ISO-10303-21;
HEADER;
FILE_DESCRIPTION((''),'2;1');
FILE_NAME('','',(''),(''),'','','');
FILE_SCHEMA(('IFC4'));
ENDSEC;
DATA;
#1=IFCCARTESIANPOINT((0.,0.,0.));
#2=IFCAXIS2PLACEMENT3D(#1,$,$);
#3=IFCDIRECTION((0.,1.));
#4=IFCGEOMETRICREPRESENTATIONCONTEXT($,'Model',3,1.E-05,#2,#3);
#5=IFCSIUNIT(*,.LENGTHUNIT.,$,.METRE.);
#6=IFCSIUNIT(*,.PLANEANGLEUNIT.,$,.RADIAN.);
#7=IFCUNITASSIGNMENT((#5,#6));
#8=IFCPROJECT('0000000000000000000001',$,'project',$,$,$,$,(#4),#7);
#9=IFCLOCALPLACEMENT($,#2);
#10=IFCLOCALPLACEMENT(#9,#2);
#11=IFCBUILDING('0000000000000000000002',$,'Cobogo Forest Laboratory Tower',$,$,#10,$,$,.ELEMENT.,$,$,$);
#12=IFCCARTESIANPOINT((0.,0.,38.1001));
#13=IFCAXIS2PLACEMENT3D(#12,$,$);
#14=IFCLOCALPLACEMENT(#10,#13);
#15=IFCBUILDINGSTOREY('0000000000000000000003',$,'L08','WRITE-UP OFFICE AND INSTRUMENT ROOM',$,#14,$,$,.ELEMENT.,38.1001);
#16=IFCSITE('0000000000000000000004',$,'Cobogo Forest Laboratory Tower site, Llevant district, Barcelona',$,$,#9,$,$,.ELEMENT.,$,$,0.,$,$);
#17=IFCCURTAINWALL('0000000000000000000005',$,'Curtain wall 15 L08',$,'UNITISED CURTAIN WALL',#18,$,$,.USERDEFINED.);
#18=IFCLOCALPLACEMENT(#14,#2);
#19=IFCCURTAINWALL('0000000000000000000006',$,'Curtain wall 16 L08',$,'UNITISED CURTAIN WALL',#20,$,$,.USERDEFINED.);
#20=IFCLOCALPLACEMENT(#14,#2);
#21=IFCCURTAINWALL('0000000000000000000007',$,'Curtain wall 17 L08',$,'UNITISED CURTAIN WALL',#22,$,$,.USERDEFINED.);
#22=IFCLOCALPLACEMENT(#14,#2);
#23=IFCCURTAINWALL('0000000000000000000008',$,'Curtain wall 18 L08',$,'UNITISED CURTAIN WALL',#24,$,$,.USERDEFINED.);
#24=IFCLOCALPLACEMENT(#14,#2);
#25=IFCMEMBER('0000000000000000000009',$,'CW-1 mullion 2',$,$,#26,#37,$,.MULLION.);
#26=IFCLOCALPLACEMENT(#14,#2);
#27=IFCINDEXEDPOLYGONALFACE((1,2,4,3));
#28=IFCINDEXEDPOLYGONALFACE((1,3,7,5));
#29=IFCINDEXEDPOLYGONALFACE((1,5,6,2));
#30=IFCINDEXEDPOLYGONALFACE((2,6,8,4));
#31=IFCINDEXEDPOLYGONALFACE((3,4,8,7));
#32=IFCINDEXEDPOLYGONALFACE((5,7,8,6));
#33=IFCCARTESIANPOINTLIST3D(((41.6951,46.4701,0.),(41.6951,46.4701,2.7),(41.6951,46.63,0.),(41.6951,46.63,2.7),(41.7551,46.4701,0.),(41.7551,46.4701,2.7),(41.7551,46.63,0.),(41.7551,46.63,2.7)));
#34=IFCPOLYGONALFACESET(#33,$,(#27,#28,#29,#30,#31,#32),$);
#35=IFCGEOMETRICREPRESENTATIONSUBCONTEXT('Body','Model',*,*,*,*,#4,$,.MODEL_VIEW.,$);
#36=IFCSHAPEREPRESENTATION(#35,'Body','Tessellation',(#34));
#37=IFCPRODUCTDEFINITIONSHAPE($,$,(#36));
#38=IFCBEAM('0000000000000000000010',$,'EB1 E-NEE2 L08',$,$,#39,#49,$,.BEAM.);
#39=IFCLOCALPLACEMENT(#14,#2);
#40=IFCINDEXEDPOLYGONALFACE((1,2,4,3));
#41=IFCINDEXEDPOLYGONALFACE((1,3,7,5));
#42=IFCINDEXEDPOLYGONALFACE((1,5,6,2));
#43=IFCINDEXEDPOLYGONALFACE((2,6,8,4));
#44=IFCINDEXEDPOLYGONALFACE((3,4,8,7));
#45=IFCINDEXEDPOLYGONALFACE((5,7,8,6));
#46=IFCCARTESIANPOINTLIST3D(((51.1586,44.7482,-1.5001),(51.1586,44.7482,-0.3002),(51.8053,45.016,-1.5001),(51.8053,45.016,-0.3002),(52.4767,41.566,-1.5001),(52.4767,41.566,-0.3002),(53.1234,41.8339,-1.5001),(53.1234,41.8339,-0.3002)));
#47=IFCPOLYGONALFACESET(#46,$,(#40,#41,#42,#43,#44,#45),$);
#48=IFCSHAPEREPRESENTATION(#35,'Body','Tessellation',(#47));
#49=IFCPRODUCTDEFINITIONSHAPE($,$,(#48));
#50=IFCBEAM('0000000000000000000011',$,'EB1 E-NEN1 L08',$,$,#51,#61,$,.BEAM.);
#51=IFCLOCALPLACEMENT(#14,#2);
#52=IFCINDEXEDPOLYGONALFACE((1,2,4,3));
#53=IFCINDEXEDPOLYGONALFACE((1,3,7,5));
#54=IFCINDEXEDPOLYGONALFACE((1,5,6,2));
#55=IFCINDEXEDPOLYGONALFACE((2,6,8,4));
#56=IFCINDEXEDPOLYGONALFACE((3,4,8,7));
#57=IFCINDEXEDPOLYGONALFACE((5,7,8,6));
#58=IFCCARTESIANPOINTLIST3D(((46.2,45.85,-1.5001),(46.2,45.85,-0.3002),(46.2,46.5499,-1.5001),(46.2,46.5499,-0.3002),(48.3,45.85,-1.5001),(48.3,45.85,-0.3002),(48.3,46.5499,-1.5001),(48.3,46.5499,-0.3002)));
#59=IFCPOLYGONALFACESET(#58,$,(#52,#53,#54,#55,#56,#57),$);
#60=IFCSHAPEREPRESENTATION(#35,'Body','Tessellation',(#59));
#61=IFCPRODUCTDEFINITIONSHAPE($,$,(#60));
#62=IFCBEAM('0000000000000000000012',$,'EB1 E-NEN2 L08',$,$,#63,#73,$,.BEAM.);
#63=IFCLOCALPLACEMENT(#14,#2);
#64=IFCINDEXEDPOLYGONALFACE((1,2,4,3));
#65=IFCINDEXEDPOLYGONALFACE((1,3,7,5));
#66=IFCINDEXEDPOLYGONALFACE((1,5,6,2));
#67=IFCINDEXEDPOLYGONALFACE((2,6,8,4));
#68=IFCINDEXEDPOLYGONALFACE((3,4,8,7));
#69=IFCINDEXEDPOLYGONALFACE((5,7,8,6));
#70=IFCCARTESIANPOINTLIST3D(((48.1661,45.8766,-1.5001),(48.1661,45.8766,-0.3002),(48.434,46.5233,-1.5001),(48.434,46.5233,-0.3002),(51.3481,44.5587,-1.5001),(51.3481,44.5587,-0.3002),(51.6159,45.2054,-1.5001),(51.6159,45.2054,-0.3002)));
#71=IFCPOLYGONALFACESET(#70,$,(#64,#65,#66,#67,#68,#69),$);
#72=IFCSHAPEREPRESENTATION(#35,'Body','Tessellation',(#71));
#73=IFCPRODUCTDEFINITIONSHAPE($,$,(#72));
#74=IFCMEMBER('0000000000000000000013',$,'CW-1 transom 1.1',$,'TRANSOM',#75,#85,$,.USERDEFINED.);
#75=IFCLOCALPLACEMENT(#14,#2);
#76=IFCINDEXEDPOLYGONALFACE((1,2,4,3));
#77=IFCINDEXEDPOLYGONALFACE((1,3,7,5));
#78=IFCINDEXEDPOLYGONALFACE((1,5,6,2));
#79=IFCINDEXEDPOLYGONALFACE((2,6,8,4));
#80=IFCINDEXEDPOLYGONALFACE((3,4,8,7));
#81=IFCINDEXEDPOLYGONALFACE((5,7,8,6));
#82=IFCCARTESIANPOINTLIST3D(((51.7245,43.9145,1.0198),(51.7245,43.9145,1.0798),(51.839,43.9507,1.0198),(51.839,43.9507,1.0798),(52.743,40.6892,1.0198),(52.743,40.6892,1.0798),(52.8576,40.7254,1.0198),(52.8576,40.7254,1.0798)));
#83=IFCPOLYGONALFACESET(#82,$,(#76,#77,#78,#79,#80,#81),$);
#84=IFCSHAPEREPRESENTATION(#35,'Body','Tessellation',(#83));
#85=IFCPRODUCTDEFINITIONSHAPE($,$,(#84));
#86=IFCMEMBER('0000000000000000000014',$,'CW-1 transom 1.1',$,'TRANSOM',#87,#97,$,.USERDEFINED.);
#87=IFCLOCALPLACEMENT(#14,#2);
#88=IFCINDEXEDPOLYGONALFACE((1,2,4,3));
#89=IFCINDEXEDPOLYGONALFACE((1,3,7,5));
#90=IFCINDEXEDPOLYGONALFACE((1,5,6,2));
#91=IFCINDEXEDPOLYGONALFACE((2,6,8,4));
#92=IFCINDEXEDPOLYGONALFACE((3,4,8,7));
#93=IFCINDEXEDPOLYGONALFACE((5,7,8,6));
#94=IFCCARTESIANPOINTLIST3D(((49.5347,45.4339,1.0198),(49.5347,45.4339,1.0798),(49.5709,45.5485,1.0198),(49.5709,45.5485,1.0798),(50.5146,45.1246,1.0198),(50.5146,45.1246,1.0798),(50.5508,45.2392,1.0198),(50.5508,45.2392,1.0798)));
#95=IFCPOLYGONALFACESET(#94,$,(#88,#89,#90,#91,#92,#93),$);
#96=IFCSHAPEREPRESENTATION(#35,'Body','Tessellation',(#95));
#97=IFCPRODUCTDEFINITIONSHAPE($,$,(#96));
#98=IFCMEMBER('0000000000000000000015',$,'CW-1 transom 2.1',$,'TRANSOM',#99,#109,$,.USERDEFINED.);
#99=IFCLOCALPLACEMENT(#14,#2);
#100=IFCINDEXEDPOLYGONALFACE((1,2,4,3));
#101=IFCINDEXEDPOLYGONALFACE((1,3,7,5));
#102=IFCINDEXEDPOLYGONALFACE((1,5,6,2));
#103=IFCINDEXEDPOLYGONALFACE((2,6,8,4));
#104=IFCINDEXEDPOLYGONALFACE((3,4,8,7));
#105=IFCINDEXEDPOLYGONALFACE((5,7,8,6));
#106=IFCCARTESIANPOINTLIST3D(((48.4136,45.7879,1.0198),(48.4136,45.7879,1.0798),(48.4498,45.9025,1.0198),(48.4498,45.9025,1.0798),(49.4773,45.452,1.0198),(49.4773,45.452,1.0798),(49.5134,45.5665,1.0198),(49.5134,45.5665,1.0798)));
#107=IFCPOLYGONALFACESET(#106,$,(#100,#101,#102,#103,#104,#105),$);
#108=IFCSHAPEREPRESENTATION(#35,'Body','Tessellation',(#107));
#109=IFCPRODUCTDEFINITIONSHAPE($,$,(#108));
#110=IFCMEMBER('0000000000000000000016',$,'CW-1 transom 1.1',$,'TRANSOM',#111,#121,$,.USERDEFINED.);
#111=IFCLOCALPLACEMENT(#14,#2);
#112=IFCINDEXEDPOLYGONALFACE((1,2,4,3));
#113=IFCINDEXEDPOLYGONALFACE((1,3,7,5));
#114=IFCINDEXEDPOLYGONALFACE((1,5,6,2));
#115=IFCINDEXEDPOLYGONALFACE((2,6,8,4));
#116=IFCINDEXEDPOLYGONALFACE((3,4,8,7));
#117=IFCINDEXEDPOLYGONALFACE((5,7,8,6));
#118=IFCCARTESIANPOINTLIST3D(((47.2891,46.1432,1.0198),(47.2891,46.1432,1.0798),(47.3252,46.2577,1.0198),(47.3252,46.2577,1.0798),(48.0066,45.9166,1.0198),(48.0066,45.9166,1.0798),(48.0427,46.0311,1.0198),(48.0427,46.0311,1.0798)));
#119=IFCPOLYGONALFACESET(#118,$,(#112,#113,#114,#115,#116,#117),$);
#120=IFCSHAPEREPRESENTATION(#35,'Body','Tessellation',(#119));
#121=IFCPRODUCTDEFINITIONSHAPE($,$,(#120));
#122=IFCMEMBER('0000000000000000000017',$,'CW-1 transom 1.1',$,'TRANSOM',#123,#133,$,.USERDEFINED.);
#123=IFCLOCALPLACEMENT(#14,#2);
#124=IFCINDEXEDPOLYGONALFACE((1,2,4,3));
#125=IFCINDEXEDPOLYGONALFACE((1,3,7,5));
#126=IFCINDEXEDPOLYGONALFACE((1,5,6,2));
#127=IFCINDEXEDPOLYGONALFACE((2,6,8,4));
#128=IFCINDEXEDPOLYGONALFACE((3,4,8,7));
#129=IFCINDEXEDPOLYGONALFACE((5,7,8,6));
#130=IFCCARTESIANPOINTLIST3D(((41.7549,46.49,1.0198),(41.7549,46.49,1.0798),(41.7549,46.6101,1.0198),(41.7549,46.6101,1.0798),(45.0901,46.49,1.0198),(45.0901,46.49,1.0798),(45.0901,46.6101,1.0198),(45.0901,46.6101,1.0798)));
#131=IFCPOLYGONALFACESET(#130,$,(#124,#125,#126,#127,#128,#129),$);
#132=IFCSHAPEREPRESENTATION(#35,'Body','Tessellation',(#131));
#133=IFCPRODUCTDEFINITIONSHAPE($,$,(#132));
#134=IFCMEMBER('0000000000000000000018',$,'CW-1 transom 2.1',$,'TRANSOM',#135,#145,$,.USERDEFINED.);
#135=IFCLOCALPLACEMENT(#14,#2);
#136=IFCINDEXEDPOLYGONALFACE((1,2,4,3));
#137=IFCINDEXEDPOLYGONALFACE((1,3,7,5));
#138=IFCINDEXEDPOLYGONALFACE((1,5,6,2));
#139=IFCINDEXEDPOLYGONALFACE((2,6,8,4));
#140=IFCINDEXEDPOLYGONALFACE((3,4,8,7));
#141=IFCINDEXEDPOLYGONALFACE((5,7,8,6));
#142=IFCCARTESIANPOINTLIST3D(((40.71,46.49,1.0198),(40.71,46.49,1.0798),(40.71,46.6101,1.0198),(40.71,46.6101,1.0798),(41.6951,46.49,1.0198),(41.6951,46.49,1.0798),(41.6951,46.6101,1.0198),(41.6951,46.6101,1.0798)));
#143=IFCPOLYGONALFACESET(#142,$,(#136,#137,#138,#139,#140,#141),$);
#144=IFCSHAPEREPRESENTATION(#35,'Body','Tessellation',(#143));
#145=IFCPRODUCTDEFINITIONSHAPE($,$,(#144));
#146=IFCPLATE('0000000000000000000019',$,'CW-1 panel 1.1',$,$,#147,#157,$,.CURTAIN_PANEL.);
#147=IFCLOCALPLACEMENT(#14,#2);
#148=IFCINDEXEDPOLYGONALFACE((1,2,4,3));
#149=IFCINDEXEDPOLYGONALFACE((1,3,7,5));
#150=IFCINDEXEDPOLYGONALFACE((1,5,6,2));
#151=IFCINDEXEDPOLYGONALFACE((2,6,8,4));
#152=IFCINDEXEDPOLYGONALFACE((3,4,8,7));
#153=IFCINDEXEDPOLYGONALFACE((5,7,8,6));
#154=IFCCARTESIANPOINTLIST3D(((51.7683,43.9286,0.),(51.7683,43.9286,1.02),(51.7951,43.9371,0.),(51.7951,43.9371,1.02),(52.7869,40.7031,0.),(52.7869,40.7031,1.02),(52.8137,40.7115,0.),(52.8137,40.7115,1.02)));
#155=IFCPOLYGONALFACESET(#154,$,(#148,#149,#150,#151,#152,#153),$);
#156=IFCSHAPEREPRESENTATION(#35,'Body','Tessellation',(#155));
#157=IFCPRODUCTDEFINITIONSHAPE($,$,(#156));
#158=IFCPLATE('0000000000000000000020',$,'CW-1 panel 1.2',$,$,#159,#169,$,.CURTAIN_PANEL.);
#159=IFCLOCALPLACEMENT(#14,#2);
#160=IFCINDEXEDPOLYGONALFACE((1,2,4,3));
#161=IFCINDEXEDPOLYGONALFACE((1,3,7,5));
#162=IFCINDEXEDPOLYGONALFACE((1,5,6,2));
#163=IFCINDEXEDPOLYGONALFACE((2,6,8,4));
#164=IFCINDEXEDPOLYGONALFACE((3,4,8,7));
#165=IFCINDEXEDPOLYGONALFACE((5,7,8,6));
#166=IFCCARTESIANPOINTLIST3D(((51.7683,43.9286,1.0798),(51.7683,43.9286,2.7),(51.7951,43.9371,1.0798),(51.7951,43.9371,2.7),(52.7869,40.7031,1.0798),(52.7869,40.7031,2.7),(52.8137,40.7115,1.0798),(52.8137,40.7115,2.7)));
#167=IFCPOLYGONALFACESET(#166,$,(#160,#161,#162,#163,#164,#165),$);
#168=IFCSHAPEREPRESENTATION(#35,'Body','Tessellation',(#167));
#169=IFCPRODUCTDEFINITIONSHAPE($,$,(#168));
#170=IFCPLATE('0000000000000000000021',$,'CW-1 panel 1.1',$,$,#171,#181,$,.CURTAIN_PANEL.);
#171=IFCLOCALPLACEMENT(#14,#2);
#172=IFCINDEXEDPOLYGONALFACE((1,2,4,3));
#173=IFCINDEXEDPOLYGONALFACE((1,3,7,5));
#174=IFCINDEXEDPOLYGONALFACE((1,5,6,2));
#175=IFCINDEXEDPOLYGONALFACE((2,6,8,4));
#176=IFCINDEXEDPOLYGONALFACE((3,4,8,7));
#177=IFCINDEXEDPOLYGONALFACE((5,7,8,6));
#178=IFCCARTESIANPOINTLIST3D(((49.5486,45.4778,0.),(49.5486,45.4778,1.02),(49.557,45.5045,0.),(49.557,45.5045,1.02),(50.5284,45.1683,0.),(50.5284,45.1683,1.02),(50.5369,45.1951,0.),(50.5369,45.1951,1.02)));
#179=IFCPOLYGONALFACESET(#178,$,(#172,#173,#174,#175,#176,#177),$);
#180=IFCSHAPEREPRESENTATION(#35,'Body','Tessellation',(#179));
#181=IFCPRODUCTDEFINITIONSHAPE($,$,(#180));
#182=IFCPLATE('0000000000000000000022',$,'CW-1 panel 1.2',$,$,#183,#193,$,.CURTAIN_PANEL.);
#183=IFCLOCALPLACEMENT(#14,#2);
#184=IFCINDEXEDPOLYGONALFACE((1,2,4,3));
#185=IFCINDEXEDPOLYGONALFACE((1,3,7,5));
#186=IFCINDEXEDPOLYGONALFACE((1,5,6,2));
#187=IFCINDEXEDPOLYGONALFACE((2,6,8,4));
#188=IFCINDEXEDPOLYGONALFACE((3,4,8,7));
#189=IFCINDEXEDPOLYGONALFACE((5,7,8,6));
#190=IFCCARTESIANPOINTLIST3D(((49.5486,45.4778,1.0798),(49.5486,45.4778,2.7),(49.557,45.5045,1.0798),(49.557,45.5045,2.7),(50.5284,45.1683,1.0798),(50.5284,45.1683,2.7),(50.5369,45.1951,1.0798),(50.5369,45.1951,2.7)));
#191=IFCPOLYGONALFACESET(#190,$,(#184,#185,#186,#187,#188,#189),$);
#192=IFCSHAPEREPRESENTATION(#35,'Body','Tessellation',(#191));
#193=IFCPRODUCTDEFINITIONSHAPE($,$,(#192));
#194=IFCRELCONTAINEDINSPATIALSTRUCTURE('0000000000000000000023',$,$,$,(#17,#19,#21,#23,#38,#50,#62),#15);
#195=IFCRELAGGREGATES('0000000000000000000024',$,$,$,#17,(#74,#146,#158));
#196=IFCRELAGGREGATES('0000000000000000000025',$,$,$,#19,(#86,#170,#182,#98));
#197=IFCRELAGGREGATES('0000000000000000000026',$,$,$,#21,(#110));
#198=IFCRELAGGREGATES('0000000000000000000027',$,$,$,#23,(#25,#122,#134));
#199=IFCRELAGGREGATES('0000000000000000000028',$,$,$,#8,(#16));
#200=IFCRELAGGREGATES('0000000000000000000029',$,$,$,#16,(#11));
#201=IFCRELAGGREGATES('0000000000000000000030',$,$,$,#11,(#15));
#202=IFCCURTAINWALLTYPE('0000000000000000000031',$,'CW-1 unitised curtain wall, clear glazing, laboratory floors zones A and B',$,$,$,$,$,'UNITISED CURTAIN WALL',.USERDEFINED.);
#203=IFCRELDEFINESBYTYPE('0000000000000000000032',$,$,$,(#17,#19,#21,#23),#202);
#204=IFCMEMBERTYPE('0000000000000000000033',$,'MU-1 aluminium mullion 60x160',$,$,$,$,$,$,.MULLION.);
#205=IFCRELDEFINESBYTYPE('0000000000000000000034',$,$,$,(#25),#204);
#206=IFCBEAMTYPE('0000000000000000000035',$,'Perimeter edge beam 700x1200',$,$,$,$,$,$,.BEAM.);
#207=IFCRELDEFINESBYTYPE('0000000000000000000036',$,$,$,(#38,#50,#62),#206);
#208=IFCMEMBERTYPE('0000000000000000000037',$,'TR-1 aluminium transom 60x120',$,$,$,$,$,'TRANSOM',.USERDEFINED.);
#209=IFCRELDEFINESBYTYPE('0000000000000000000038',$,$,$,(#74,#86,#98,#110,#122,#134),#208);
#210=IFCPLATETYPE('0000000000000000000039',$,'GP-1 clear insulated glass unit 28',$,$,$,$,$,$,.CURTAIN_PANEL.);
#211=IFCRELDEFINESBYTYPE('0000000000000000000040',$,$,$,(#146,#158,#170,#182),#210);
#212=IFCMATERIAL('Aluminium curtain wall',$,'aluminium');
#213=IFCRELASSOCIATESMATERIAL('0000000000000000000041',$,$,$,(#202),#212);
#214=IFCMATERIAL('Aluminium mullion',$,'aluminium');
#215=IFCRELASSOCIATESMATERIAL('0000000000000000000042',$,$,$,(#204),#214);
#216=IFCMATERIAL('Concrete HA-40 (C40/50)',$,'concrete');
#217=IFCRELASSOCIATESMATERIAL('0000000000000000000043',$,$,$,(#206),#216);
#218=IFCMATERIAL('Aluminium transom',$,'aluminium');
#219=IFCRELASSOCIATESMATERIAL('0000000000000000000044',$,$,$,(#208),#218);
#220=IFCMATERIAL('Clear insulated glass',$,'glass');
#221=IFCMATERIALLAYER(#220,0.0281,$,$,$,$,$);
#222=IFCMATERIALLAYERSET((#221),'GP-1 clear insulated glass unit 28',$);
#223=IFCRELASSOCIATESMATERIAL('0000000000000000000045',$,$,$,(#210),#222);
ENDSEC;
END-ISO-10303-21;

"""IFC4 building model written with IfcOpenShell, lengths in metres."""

from ifc_helpers import new_model, si_unit, direction, frame, origin, origin_2d, place, context, subcontext, project, spatial, rectangle, extrude, material, layer, layer_set, material_profile, profile_set, type_object, element, aggregate, save


model = new_model("IFC4")

# Units and contexts
model_context = context("Model", 3, precision=1e-05, world=origin(), true_north=direction((0.0, 1.0)))
body_context = subcontext(model_context, "Body", "Model", "MODEL_VIEW")
ifc_project = project(units=[si_unit("LENGTHUNIT", "METRE"), si_unit("PLANEANGLEUNIT", "RADIAN")], contexts=[model_context])

# Site, building, storey
site_placement = place(None, origin())
site = spatial("IfcSite", under=ifc_project, at=site_placement, Name="Cobogo Forest Laboratory Tower site, Llevant district, Barcelona", CompositionType="ELEMENT", RefElevation=0.0)
building_placement = place(site_placement, origin())
building = spatial("IfcBuilding", under=site, at=building_placement, Name="Cobogo Forest Laboratory Tower", CompositionType="ELEMENT")
storey_placement = place(building_placement, frame((0.0, 0.0, 38.1001)))
storey = spatial("IfcBuildingStorey", under=building, at=storey_placement, Name="L08", Description="WRITE-UP OFFICE AND INSTRUMENT ROOM", CompositionType="ELEMENT", Elevation=38.1001)

# Shared definitions
ifc_material_1 = material(Name="Concrete HA-40 (C40/50)", Category="concrete")

# Curtain wall
ifc_material_2 = material(Name="Aluminium curtain wall", Category="aluminium")
curtain_wall_type = type_object("IfcCurtainWallType", Name="CW-1 unitised curtain wall, clear glazing, laboratory floors zones A and B", ElementType="UNITISED CURTAIN WALL", PredefinedType="USERDEFINED", material=ifc_material_2)
curtain_wall_1_placement = place(storey_placement, origin())
curtain_wall_1 = element("IfcCurtainWall", 1, at=curtain_wall_1_placement, inside=storey, type_object=curtain_wall_type, Name="Curtain wall 15 L08", ObjectType="UNITISED CURTAIN WALL", PredefinedType="USERDEFINED")
ifc_material_3 = material(Name="Aluminium mullion", Category="aluminium")
ifc_material_profile_1 = material_profile(ifc_material_3, rectangle(XDim=0.0601, YDim=0.1599, at=origin_2d()), Name="AL 60x160")
ifc_profile_set_1 = profile_set([ifc_material_profile_1], Name="Aluminium mullion")
member_type_1 = type_object("IfcMemberType", Name="MU-1 aluminium mullion 60x160", PredefinedType="MULLION", material=ifc_profile_set_1)

# Curtain walls, member
curtain_wall_2_placement = place(storey_placement, origin())
curtain_wall_2 = element("IfcCurtainWall", 2, at=curtain_wall_2_placement, inside=storey, type_object=curtain_wall_type, Name="Curtain wall 16 L08", ObjectType="UNITISED CURTAIN WALL", PredefinedType="USERDEFINED")
curtain_wall_3_placement = place(storey_placement, origin())
curtain_wall_3 = element("IfcCurtainWall", 3, at=curtain_wall_3_placement, inside=storey, type_object=curtain_wall_type, Name="Curtain wall 17 L08", ObjectType="UNITISED CURTAIN WALL", PredefinedType="USERDEFINED")
curtain_wall_4_placement = place(storey_placement, origin())
curtain_wall_4 = element("IfcCurtainWall", 4, at=curtain_wall_4_placement, inside=storey, type_object=curtain_wall_type, Name="Curtain wall 18 L08", ObjectType="UNITISED CURTAIN WALL", PredefinedType="USERDEFINED")
member_1_placement = place(storey_placement, frame((41.7251, 46.55, 0.0), z_axis=(0.0, 0.0, 1.0), x_axis=(-1.0, 0.0, 0.0)))
member_1 = element("IfcMember", 5, at=member_1_placement, type_object=member_type_1, Name="CW-1 mullion 2", PredefinedType="MULLION", context=body_context, shape_type="SweptSolid", body=[
    extrude(rectangle(XDim=0.0601, YDim=0.1599, at=origin_2d()), origin(), (0.0, 0.0, 1.0), 2.7),
])

# Beams
ifc_material_profile_2 = material_profile(ifc_material_1, rectangle(XDim=0.7, YDim=1.2, at=origin_2d()), Name="RC 700x1200")
ifc_profile_set_2 = profile_set([ifc_material_profile_2], Name="Concrete HA-40 (C40/50)")
beam_type_1 = type_object("IfcBeamType", Name="Perimeter edge beam 700x1200", PredefinedType="BEAM", material=ifc_profile_set_2)
beam_1_placement = place(storey_placement, frame((52.8, 41.7, -0.9001), z_axis=(-0.382692, 0.923876, 0.0), x_axis=(-0.923876, -0.382692, 0.0)))
element("IfcBeam", 6, at=beam_1_placement, inside=storey, type_object=beam_type_1, Name="EB1 E-NEE2 L08", PredefinedType="BEAM", context=body_context, shape_type="SweptSolid", body=[
    extrude(rectangle(XDim=0.7, YDim=1.2, at=origin_2d()), origin(), (0.0, 0.0, 1.0), 3.4443),
])
beam_2_placement = place(storey_placement, frame((46.2, 46.2, -0.9001), z_axis=(1.0, 0.0, 0.0), x_axis=(0.0, 1.0, 0.0)))
element("IfcBeam", 7, at=beam_2_placement, inside=storey, type_object=beam_type_1, Name="EB1 E-NEN1 L08", PredefinedType="BEAM", context=body_context, shape_type="SweptSolid", body=[
    extrude(rectangle(XDim=0.7, YDim=1.2, at=origin_2d()), origin(), (0.0, 0.0, 1.0), 2.1001),
])
beam_3_placement = place(storey_placement, frame((48.3, 46.2, -0.9001), z_axis=(0.923891, -0.382656, 0.0), x_axis=(0.382656, 0.923891, 0.0)))
element("IfcBeam", 8, at=beam_3_placement, inside=storey, type_object=beam_type_1, Name="EB1 E-NEN2 L08", PredefinedType="BEAM", context=body_context, shape_type="SweptSolid", body=[
    extrude(rectangle(XDim=0.7, YDim=1.2, at=origin_2d()), origin(), (0.0, 0.0, 1.0), 3.4441),
])

# Members
ifc_material_4 = material(Name="Aluminium transom", Category="aluminium")
ifc_material_profile_3 = material_profile(ifc_material_4, rectangle(XDim=0.1201, YDim=0.0601, at=origin_2d()), Name="AL 60x120")
ifc_profile_set_3 = profile_set([ifc_material_profile_3], Name="Aluminium transom")
member_type_2 = type_object("IfcMemberType", Name="TR-1 aluminium transom 60x120", ElementType="TRANSOM", PredefinedType="USERDEFINED", material=ifc_profile_set_3)
member_2_placement = place(storey_placement, frame((52.8003, 40.7073, 1.0498), z_axis=(-0.301138, 0.95358, 0.0), x_axis=(-0.95358, -0.301138, 0.0)))
member_2 = element("IfcMember", 9, at=member_2_placement, type_object=member_type_2, Name="CW-1 transom 1.1", ObjectType="TRANSOM", PredefinedType="USERDEFINED", context=body_context, shape_type="SweptSolid", body=[
    extrude(rectangle(XDim=0.1201, YDim=0.0601, at=origin_2d()), origin(), (0.0, 0.0, 1.0), 3.3823),
])
member_3_placement = place(storey_placement, frame((50.5327, 45.1819, 1.0498), z_axis=(-0.953622, 0.301006, 0.0), x_axis=(-0.301006, -0.953622, 0.0)))
member_3 = element("IfcMember", 10, at=member_3_placement, type_object=member_type_2, Name="CW-1 transom 1.1", ObjectType="TRANSOM", PredefinedType="USERDEFINED", context=body_context, shape_type="SweptSolid", body=[
    extrude(rectangle(XDim=0.1201, YDim=0.0601, at=origin_2d()), origin(), (0.0, 0.0, 1.0), 1.0276),
])
member_4_placement = place(storey_placement, frame((49.4954, 45.5093, 1.0498), z_axis=(-0.953576, 0.301152, 0.0), x_axis=(-0.301152, -0.953576, 0.0)))
member_4 = element("IfcMember", 11, at=member_4_placement, type_object=member_type_2, Name="CW-1 transom 2.1", ObjectType="TRANSOM", PredefinedType="USERDEFINED", context=body_context, shape_type="SweptSolid", body=[
    extrude(rectangle(XDim=0.1201, YDim=0.0601, at=origin_2d()), origin(), (0.0, 0.0, 1.0), 1.1155),
])
member_5_placement = place(storey_placement, frame((48.0247, 45.9739, 1.0498), z_axis=(-0.953592, 0.3011, 0.0), x_axis=(-0.3011, -0.953592, 0.0)))
member_5 = element("IfcMember", 12, at=member_5_placement, type_object=member_type_2, Name="CW-1 transom 1.1", ObjectType="TRANSOM", PredefinedType="USERDEFINED", context=body_context, shape_type="SweptSolid", body=[
    extrude(rectangle(XDim=0.1201, YDim=0.0601, at=origin_2d()), origin(), (0.0, 0.0, 1.0), 0.7524),
])
member_6_placement = place(storey_placement, frame((45.0901, 46.55, 1.0498), z_axis=(-1.0, 0.0, 0.0), x_axis=(0.0, -1.0, 0.0)))
member_6 = element("IfcMember", 13, at=member_6_placement, type_object=member_type_2, Name="CW-1 transom 1.1", ObjectType="TRANSOM", PredefinedType="USERDEFINED", context=body_context, shape_type="SweptSolid", body=[
    extrude(rectangle(XDim=0.1201, YDim=0.0601, at=origin_2d()), origin(), (0.0, 0.0, 1.0), 3.3352),
])
member_7_placement = place(storey_placement, frame((41.6951, 46.55, 1.0498), z_axis=(-1.0, 0.0, 0.0), x_axis=(0.0, -1.0, 0.0)))
member_7 = element("IfcMember", 14, at=member_7_placement, type_object=member_type_2, Name="CW-1 transom 2.1", ObjectType="TRANSOM", PredefinedType="USERDEFINED", context=body_context, shape_type="SweptSolid", body=[
    extrude(rectangle(XDim=0.1201, YDim=0.0601, at=origin_2d()), origin(), (0.0, 0.0, 1.0), 0.9851),
])

# Plates
ifc_material_5 = material(Name="Clear insulated glass", Category="glass")
ifc_layer_1 = layer(ifc_material_5, 0.0281)
ifc_layer_set_1 = layer_set([ifc_layer_1], Name="GP-1 clear insulated glass unit 28")
plate_type = type_object("IfcPlateType", Name="GP-1 clear insulated glass unit 28", PredefinedType="CURTAIN_PANEL", material=ifc_layer_set_1)
plate_1_placement = place(storey_placement, frame((52.291, 42.3201, 0.0), z_axis=(0.0, 0.0, 1.0), x_axis=(-0.301135, 0.953581, 0.0)))
plate_1 = element("IfcPlate", 15, at=plate_1_placement, type_object=plate_type, Name="CW-1 panel 1.1", PredefinedType="CURTAIN_PANEL", context=body_context, shape_type="SweptSolid", body=[
    extrude(rectangle(XDim=3.3826, YDim=0.0281, at=origin_2d()), origin(), (0.0, 0.0, 1.0), 1.02),
])
plate_2_placement = place(storey_placement, frame((52.291, 42.3201, 1.0798), z_axis=(0.0, 0.0, 1.0), x_axis=(-0.301135, 0.953581, 0.0)))
plate_2 = element("IfcPlate", 16, at=plate_2_placement, type_object=plate_type, Name="CW-1 panel 1.2", PredefinedType="CURTAIN_PANEL", context=body_context, shape_type="SweptSolid", body=[
    extrude(rectangle(XDim=3.3826, YDim=0.0281, at=origin_2d()), origin(), (0.0, 0.0, 1.0), 1.6201),
])
aggregate(curtain_wall_1, [member_2, plate_1, plate_2])
plate_3_placement = place(storey_placement, frame((50.0427, 45.3364, 0.0), z_axis=(0.0, 0.0, 1.0), x_axis=(-0.953581, 0.301135, 0.0)))
plate_3 = element("IfcPlate", 17, at=plate_3_placement, type_object=plate_type, Name="CW-1 panel 1.1", PredefinedType="CURTAIN_PANEL", context=body_context, shape_type="SweptSolid", body=[
    extrude(rectangle(XDim=1.0276, YDim=0.0281, at=origin_2d()), origin(), (0.0, 0.0, 1.0), 1.02),
])
plate_4_placement = place(storey_placement, frame((50.0427, 45.3364, 1.0798), z_axis=(0.0, 0.0, 1.0), x_axis=(-0.953581, 0.301135, 0.0)))
plate_4 = element("IfcPlate", 18, at=plate_4_placement, type_object=plate_type, Name="CW-1 panel 1.2", PredefinedType="CURTAIN_PANEL", context=body_context, shape_type="SweptSolid", body=[
    extrude(rectangle(XDim=1.0276, YDim=0.0281, at=origin_2d()), origin(), (0.0, 0.0, 1.0), 1.6201),
])
aggregate(curtain_wall_2, [member_3, plate_3, plate_4, member_4])
aggregate(curtain_wall_3, [member_5])
aggregate(curtain_wall_4, [member_1, member_6, member_7])

save(model, "model.ifc")
